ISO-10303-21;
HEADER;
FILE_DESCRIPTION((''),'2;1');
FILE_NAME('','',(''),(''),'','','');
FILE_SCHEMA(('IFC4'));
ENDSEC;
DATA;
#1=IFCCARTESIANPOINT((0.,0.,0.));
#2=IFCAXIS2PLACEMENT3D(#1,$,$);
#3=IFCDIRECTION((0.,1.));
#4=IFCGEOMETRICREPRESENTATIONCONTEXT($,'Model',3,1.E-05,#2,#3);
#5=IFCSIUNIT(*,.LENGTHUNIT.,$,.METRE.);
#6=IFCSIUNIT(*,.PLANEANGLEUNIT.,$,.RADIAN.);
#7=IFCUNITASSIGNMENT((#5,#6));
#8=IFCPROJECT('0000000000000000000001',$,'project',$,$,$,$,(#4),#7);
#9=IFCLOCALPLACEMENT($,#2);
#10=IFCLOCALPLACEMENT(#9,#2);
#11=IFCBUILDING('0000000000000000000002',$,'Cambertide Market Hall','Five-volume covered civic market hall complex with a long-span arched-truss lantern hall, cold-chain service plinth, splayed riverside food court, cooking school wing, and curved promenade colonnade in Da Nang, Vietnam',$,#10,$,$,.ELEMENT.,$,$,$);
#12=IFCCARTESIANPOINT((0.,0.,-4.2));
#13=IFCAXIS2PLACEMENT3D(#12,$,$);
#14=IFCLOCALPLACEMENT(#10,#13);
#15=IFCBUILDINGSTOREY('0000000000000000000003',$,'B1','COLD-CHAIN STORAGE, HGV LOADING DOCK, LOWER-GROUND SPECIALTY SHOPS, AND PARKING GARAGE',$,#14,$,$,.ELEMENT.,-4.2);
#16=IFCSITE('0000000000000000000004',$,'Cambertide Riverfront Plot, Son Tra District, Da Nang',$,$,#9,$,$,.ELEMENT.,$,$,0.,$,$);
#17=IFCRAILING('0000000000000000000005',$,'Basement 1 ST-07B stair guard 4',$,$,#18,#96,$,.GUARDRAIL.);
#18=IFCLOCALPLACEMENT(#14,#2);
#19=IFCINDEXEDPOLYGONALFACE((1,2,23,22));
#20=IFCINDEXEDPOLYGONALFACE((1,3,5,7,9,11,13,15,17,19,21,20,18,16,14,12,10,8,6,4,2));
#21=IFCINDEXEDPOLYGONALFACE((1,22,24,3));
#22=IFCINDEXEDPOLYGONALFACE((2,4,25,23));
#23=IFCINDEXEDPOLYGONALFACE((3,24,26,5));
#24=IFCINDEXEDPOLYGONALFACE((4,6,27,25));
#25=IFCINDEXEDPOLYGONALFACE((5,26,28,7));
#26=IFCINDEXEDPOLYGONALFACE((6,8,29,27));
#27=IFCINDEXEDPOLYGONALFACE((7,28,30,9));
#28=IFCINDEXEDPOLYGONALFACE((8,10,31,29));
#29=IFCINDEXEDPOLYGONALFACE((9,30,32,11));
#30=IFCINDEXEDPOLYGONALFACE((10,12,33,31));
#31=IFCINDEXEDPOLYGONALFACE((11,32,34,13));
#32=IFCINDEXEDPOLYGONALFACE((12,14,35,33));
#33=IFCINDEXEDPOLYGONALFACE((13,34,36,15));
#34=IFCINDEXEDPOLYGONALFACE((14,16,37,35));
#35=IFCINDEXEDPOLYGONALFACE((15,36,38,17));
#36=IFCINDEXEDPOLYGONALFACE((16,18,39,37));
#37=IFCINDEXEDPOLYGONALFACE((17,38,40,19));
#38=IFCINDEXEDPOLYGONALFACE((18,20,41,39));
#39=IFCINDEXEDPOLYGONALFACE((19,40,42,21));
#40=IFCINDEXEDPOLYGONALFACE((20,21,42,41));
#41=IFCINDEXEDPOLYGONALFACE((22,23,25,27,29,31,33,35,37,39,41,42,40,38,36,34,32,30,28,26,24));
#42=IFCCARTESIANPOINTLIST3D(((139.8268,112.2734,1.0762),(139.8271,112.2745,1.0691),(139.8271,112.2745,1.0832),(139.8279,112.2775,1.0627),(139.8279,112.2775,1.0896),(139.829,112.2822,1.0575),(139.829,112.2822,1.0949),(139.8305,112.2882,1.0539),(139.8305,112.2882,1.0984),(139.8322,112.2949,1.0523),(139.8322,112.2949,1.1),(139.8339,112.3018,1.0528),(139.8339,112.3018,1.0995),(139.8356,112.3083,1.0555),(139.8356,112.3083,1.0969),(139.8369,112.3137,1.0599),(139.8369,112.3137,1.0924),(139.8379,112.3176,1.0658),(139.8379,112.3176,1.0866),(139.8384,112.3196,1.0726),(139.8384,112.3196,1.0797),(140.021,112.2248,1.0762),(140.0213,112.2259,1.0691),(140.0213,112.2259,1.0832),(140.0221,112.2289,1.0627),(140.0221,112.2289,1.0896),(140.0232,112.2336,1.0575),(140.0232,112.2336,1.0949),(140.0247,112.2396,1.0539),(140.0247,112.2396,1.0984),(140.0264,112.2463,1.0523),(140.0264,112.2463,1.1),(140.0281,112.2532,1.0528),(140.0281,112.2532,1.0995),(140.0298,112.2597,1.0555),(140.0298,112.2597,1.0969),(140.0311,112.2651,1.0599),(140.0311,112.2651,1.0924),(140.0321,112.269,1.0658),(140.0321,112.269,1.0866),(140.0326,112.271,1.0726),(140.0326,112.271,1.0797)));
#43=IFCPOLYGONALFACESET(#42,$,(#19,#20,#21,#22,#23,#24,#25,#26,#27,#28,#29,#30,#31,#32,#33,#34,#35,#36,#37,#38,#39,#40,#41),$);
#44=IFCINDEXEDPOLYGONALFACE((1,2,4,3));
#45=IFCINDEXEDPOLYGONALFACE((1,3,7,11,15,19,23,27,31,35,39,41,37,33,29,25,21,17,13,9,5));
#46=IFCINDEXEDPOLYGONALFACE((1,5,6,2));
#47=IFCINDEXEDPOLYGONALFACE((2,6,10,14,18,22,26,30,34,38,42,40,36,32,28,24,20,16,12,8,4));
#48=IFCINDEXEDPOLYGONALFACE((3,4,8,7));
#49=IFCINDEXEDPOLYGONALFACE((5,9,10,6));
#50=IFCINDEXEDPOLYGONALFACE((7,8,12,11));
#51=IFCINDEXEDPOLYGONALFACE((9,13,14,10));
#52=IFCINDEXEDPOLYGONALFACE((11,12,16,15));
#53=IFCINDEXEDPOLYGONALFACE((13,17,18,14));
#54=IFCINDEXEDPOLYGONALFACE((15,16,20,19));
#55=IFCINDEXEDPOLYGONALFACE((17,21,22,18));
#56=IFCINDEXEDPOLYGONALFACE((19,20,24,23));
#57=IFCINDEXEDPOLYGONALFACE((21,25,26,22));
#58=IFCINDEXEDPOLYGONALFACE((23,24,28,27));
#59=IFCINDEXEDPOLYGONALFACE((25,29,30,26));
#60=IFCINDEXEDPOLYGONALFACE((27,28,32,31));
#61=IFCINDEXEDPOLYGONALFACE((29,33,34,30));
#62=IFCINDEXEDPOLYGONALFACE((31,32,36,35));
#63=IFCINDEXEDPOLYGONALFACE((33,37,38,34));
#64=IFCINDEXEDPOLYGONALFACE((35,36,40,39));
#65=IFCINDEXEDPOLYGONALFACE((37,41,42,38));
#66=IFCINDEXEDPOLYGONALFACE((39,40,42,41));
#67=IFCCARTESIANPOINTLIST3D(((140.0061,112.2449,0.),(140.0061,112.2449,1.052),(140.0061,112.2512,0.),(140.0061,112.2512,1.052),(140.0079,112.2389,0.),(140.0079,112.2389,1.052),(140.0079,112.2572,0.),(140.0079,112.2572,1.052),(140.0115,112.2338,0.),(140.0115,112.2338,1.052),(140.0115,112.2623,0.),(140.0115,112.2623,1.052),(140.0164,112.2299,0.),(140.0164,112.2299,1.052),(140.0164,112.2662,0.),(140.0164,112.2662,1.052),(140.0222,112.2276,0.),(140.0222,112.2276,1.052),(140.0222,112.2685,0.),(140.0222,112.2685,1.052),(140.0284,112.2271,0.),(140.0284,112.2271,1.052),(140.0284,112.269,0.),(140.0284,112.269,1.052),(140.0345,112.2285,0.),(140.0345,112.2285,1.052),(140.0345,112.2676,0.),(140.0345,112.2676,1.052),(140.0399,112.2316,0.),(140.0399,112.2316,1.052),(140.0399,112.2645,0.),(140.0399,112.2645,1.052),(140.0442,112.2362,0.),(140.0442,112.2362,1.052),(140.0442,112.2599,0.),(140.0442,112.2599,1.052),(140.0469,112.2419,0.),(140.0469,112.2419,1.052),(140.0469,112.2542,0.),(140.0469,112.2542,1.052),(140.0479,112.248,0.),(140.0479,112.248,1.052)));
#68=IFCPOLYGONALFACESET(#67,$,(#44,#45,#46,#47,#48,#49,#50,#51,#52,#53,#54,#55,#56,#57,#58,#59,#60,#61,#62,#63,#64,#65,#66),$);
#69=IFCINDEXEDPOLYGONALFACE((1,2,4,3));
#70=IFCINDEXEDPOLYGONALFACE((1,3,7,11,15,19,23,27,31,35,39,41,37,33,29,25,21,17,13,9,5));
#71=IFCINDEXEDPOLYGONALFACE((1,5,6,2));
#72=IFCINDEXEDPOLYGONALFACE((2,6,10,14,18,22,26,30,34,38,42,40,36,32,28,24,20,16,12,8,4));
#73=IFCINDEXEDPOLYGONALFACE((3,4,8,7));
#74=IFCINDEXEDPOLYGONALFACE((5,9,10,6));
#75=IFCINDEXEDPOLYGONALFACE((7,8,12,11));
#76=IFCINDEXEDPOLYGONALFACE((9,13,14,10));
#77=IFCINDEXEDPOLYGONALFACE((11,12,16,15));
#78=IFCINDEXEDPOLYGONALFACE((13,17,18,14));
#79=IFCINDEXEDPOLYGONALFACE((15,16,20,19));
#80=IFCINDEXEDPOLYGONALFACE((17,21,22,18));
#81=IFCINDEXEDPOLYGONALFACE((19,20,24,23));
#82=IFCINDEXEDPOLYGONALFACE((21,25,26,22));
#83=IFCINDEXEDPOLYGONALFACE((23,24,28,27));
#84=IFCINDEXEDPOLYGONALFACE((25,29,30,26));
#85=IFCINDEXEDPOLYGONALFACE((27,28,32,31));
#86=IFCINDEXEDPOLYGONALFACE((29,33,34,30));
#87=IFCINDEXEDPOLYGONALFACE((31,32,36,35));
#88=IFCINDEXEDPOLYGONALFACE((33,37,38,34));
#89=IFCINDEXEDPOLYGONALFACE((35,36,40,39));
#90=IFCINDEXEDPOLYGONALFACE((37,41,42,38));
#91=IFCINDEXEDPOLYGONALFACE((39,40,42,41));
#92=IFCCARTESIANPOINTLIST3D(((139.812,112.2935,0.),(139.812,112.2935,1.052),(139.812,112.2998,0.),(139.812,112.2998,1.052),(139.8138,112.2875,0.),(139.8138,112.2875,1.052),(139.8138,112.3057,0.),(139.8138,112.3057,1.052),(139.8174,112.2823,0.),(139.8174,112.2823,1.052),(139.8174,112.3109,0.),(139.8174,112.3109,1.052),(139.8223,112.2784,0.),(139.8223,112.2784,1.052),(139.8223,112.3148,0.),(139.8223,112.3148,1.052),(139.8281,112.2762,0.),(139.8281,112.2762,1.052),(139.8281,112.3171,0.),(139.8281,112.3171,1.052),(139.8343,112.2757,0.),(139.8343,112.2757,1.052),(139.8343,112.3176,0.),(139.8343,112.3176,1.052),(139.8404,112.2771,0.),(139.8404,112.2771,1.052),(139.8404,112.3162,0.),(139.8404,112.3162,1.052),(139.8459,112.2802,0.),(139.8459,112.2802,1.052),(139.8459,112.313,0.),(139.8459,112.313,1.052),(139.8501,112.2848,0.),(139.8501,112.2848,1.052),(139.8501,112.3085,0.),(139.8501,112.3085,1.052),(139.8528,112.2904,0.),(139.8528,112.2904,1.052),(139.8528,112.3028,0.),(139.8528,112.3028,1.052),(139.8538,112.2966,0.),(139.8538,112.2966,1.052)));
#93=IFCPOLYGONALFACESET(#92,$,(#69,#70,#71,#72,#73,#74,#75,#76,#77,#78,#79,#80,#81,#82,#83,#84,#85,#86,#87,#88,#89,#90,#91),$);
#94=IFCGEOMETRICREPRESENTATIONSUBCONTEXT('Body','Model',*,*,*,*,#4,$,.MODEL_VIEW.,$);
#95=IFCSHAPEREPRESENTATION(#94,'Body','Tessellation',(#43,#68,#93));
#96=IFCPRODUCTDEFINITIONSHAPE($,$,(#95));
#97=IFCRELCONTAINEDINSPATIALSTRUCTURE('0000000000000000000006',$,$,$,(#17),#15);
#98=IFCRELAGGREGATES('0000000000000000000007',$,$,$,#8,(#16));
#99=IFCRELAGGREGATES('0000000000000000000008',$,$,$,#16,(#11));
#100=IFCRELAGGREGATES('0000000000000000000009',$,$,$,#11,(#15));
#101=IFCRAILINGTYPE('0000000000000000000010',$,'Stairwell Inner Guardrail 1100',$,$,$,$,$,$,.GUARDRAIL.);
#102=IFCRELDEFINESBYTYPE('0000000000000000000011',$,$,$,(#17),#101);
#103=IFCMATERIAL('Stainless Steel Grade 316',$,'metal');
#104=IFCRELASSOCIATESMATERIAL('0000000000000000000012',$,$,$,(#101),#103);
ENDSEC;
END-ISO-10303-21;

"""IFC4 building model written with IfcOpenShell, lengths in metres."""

from ifc_helpers import new_model, si_unit, direction, frame, origin, origin_2d, place, context, subcontext, project, spatial, circle, extrude, material, type_object, element, save


model = new_model("IFC4")

# Units and contexts
model_context = context("Model", 3, precision=1e-05, world=origin(), true_north=direction((0.0, 1.0)))
body_context = subcontext(model_context, "Body", "Model", "MODEL_VIEW")
ifc_project = project(units=[si_unit("LENGTHUNIT", "METRE"), si_unit("PLANEANGLEUNIT", "RADIAN")], contexts=[model_context])

# Site, building, storey
site_placement = place(None, origin())
site = spatial("IfcSite", under=ifc_project, at=site_placement, Name="Cambertide Riverfront Plot, Son Tra District, Da Nang", CompositionType="ELEMENT", RefElevation=0.0)
building_placement = place(site_placement, origin())
building = spatial("IfcBuilding", under=site, at=building_placement, Name="Cambertide Market Hall", Description="Five-volume covered civic market hall complex with a long-span arched-truss lantern hall, cold-chain service plinth, splayed riverside food court, cooking school wing, and curved promenade colonnade in Da Nang, Vietnam", CompositionType="ELEMENT")
storey_placement = place(building_placement, frame((0.0, 0.0, -4.2)))
storey = spatial("IfcBuildingStorey", under=building, at=storey_placement, Name="B1", Description="COLD-CHAIN STORAGE, HGV LOADING DOCK, LOWER-GROUND SPECIALTY SHOPS, AND PARKING GARAGE", CompositionType="ELEMENT", Elevation=-4.2)

# Railing
ifc_material_1 = material(Name="Stainless Steel Grade 316", Category="metal")
railing_type = type_object("IfcRailingType", Name="Stairwell Inner Guardrail 1100", PredefinedType="GUARDRAIL", material=ifc_material_1)
railing_1_placement = place(storey_placement, frame((140.0269, 112.248, 0.0)))
element("IfcRailing", 1, at=railing_1_placement, inside=storey, type_object=railing_type, Name="Basement 1 ST-07B stair guard 4", PredefinedType="GUARDRAIL", context=body_context, shape_type="SweptSolid", body=[
    extrude(circle(Radius=0.0239, at=origin_2d()), frame((0.0, 0.0, 1.0762), z_axis=(-0.970071, 0.242823, 0.0), x_axis=(-0.242823, -0.970071, 0.0)), (0.0, 0.0, 1.0), 0.2002),
    extrude(circle(Radius=0.021, at=origin_2d()), origin(), (0.0, 0.0, 1.0), 1.052),
    extrude(circle(Radius=0.021, at=origin_2d()), frame((-0.1941, 0.0486, 0.0)), (0.0, 0.0, 1.0), 1.052),
])

save(model, "model.ifc")
